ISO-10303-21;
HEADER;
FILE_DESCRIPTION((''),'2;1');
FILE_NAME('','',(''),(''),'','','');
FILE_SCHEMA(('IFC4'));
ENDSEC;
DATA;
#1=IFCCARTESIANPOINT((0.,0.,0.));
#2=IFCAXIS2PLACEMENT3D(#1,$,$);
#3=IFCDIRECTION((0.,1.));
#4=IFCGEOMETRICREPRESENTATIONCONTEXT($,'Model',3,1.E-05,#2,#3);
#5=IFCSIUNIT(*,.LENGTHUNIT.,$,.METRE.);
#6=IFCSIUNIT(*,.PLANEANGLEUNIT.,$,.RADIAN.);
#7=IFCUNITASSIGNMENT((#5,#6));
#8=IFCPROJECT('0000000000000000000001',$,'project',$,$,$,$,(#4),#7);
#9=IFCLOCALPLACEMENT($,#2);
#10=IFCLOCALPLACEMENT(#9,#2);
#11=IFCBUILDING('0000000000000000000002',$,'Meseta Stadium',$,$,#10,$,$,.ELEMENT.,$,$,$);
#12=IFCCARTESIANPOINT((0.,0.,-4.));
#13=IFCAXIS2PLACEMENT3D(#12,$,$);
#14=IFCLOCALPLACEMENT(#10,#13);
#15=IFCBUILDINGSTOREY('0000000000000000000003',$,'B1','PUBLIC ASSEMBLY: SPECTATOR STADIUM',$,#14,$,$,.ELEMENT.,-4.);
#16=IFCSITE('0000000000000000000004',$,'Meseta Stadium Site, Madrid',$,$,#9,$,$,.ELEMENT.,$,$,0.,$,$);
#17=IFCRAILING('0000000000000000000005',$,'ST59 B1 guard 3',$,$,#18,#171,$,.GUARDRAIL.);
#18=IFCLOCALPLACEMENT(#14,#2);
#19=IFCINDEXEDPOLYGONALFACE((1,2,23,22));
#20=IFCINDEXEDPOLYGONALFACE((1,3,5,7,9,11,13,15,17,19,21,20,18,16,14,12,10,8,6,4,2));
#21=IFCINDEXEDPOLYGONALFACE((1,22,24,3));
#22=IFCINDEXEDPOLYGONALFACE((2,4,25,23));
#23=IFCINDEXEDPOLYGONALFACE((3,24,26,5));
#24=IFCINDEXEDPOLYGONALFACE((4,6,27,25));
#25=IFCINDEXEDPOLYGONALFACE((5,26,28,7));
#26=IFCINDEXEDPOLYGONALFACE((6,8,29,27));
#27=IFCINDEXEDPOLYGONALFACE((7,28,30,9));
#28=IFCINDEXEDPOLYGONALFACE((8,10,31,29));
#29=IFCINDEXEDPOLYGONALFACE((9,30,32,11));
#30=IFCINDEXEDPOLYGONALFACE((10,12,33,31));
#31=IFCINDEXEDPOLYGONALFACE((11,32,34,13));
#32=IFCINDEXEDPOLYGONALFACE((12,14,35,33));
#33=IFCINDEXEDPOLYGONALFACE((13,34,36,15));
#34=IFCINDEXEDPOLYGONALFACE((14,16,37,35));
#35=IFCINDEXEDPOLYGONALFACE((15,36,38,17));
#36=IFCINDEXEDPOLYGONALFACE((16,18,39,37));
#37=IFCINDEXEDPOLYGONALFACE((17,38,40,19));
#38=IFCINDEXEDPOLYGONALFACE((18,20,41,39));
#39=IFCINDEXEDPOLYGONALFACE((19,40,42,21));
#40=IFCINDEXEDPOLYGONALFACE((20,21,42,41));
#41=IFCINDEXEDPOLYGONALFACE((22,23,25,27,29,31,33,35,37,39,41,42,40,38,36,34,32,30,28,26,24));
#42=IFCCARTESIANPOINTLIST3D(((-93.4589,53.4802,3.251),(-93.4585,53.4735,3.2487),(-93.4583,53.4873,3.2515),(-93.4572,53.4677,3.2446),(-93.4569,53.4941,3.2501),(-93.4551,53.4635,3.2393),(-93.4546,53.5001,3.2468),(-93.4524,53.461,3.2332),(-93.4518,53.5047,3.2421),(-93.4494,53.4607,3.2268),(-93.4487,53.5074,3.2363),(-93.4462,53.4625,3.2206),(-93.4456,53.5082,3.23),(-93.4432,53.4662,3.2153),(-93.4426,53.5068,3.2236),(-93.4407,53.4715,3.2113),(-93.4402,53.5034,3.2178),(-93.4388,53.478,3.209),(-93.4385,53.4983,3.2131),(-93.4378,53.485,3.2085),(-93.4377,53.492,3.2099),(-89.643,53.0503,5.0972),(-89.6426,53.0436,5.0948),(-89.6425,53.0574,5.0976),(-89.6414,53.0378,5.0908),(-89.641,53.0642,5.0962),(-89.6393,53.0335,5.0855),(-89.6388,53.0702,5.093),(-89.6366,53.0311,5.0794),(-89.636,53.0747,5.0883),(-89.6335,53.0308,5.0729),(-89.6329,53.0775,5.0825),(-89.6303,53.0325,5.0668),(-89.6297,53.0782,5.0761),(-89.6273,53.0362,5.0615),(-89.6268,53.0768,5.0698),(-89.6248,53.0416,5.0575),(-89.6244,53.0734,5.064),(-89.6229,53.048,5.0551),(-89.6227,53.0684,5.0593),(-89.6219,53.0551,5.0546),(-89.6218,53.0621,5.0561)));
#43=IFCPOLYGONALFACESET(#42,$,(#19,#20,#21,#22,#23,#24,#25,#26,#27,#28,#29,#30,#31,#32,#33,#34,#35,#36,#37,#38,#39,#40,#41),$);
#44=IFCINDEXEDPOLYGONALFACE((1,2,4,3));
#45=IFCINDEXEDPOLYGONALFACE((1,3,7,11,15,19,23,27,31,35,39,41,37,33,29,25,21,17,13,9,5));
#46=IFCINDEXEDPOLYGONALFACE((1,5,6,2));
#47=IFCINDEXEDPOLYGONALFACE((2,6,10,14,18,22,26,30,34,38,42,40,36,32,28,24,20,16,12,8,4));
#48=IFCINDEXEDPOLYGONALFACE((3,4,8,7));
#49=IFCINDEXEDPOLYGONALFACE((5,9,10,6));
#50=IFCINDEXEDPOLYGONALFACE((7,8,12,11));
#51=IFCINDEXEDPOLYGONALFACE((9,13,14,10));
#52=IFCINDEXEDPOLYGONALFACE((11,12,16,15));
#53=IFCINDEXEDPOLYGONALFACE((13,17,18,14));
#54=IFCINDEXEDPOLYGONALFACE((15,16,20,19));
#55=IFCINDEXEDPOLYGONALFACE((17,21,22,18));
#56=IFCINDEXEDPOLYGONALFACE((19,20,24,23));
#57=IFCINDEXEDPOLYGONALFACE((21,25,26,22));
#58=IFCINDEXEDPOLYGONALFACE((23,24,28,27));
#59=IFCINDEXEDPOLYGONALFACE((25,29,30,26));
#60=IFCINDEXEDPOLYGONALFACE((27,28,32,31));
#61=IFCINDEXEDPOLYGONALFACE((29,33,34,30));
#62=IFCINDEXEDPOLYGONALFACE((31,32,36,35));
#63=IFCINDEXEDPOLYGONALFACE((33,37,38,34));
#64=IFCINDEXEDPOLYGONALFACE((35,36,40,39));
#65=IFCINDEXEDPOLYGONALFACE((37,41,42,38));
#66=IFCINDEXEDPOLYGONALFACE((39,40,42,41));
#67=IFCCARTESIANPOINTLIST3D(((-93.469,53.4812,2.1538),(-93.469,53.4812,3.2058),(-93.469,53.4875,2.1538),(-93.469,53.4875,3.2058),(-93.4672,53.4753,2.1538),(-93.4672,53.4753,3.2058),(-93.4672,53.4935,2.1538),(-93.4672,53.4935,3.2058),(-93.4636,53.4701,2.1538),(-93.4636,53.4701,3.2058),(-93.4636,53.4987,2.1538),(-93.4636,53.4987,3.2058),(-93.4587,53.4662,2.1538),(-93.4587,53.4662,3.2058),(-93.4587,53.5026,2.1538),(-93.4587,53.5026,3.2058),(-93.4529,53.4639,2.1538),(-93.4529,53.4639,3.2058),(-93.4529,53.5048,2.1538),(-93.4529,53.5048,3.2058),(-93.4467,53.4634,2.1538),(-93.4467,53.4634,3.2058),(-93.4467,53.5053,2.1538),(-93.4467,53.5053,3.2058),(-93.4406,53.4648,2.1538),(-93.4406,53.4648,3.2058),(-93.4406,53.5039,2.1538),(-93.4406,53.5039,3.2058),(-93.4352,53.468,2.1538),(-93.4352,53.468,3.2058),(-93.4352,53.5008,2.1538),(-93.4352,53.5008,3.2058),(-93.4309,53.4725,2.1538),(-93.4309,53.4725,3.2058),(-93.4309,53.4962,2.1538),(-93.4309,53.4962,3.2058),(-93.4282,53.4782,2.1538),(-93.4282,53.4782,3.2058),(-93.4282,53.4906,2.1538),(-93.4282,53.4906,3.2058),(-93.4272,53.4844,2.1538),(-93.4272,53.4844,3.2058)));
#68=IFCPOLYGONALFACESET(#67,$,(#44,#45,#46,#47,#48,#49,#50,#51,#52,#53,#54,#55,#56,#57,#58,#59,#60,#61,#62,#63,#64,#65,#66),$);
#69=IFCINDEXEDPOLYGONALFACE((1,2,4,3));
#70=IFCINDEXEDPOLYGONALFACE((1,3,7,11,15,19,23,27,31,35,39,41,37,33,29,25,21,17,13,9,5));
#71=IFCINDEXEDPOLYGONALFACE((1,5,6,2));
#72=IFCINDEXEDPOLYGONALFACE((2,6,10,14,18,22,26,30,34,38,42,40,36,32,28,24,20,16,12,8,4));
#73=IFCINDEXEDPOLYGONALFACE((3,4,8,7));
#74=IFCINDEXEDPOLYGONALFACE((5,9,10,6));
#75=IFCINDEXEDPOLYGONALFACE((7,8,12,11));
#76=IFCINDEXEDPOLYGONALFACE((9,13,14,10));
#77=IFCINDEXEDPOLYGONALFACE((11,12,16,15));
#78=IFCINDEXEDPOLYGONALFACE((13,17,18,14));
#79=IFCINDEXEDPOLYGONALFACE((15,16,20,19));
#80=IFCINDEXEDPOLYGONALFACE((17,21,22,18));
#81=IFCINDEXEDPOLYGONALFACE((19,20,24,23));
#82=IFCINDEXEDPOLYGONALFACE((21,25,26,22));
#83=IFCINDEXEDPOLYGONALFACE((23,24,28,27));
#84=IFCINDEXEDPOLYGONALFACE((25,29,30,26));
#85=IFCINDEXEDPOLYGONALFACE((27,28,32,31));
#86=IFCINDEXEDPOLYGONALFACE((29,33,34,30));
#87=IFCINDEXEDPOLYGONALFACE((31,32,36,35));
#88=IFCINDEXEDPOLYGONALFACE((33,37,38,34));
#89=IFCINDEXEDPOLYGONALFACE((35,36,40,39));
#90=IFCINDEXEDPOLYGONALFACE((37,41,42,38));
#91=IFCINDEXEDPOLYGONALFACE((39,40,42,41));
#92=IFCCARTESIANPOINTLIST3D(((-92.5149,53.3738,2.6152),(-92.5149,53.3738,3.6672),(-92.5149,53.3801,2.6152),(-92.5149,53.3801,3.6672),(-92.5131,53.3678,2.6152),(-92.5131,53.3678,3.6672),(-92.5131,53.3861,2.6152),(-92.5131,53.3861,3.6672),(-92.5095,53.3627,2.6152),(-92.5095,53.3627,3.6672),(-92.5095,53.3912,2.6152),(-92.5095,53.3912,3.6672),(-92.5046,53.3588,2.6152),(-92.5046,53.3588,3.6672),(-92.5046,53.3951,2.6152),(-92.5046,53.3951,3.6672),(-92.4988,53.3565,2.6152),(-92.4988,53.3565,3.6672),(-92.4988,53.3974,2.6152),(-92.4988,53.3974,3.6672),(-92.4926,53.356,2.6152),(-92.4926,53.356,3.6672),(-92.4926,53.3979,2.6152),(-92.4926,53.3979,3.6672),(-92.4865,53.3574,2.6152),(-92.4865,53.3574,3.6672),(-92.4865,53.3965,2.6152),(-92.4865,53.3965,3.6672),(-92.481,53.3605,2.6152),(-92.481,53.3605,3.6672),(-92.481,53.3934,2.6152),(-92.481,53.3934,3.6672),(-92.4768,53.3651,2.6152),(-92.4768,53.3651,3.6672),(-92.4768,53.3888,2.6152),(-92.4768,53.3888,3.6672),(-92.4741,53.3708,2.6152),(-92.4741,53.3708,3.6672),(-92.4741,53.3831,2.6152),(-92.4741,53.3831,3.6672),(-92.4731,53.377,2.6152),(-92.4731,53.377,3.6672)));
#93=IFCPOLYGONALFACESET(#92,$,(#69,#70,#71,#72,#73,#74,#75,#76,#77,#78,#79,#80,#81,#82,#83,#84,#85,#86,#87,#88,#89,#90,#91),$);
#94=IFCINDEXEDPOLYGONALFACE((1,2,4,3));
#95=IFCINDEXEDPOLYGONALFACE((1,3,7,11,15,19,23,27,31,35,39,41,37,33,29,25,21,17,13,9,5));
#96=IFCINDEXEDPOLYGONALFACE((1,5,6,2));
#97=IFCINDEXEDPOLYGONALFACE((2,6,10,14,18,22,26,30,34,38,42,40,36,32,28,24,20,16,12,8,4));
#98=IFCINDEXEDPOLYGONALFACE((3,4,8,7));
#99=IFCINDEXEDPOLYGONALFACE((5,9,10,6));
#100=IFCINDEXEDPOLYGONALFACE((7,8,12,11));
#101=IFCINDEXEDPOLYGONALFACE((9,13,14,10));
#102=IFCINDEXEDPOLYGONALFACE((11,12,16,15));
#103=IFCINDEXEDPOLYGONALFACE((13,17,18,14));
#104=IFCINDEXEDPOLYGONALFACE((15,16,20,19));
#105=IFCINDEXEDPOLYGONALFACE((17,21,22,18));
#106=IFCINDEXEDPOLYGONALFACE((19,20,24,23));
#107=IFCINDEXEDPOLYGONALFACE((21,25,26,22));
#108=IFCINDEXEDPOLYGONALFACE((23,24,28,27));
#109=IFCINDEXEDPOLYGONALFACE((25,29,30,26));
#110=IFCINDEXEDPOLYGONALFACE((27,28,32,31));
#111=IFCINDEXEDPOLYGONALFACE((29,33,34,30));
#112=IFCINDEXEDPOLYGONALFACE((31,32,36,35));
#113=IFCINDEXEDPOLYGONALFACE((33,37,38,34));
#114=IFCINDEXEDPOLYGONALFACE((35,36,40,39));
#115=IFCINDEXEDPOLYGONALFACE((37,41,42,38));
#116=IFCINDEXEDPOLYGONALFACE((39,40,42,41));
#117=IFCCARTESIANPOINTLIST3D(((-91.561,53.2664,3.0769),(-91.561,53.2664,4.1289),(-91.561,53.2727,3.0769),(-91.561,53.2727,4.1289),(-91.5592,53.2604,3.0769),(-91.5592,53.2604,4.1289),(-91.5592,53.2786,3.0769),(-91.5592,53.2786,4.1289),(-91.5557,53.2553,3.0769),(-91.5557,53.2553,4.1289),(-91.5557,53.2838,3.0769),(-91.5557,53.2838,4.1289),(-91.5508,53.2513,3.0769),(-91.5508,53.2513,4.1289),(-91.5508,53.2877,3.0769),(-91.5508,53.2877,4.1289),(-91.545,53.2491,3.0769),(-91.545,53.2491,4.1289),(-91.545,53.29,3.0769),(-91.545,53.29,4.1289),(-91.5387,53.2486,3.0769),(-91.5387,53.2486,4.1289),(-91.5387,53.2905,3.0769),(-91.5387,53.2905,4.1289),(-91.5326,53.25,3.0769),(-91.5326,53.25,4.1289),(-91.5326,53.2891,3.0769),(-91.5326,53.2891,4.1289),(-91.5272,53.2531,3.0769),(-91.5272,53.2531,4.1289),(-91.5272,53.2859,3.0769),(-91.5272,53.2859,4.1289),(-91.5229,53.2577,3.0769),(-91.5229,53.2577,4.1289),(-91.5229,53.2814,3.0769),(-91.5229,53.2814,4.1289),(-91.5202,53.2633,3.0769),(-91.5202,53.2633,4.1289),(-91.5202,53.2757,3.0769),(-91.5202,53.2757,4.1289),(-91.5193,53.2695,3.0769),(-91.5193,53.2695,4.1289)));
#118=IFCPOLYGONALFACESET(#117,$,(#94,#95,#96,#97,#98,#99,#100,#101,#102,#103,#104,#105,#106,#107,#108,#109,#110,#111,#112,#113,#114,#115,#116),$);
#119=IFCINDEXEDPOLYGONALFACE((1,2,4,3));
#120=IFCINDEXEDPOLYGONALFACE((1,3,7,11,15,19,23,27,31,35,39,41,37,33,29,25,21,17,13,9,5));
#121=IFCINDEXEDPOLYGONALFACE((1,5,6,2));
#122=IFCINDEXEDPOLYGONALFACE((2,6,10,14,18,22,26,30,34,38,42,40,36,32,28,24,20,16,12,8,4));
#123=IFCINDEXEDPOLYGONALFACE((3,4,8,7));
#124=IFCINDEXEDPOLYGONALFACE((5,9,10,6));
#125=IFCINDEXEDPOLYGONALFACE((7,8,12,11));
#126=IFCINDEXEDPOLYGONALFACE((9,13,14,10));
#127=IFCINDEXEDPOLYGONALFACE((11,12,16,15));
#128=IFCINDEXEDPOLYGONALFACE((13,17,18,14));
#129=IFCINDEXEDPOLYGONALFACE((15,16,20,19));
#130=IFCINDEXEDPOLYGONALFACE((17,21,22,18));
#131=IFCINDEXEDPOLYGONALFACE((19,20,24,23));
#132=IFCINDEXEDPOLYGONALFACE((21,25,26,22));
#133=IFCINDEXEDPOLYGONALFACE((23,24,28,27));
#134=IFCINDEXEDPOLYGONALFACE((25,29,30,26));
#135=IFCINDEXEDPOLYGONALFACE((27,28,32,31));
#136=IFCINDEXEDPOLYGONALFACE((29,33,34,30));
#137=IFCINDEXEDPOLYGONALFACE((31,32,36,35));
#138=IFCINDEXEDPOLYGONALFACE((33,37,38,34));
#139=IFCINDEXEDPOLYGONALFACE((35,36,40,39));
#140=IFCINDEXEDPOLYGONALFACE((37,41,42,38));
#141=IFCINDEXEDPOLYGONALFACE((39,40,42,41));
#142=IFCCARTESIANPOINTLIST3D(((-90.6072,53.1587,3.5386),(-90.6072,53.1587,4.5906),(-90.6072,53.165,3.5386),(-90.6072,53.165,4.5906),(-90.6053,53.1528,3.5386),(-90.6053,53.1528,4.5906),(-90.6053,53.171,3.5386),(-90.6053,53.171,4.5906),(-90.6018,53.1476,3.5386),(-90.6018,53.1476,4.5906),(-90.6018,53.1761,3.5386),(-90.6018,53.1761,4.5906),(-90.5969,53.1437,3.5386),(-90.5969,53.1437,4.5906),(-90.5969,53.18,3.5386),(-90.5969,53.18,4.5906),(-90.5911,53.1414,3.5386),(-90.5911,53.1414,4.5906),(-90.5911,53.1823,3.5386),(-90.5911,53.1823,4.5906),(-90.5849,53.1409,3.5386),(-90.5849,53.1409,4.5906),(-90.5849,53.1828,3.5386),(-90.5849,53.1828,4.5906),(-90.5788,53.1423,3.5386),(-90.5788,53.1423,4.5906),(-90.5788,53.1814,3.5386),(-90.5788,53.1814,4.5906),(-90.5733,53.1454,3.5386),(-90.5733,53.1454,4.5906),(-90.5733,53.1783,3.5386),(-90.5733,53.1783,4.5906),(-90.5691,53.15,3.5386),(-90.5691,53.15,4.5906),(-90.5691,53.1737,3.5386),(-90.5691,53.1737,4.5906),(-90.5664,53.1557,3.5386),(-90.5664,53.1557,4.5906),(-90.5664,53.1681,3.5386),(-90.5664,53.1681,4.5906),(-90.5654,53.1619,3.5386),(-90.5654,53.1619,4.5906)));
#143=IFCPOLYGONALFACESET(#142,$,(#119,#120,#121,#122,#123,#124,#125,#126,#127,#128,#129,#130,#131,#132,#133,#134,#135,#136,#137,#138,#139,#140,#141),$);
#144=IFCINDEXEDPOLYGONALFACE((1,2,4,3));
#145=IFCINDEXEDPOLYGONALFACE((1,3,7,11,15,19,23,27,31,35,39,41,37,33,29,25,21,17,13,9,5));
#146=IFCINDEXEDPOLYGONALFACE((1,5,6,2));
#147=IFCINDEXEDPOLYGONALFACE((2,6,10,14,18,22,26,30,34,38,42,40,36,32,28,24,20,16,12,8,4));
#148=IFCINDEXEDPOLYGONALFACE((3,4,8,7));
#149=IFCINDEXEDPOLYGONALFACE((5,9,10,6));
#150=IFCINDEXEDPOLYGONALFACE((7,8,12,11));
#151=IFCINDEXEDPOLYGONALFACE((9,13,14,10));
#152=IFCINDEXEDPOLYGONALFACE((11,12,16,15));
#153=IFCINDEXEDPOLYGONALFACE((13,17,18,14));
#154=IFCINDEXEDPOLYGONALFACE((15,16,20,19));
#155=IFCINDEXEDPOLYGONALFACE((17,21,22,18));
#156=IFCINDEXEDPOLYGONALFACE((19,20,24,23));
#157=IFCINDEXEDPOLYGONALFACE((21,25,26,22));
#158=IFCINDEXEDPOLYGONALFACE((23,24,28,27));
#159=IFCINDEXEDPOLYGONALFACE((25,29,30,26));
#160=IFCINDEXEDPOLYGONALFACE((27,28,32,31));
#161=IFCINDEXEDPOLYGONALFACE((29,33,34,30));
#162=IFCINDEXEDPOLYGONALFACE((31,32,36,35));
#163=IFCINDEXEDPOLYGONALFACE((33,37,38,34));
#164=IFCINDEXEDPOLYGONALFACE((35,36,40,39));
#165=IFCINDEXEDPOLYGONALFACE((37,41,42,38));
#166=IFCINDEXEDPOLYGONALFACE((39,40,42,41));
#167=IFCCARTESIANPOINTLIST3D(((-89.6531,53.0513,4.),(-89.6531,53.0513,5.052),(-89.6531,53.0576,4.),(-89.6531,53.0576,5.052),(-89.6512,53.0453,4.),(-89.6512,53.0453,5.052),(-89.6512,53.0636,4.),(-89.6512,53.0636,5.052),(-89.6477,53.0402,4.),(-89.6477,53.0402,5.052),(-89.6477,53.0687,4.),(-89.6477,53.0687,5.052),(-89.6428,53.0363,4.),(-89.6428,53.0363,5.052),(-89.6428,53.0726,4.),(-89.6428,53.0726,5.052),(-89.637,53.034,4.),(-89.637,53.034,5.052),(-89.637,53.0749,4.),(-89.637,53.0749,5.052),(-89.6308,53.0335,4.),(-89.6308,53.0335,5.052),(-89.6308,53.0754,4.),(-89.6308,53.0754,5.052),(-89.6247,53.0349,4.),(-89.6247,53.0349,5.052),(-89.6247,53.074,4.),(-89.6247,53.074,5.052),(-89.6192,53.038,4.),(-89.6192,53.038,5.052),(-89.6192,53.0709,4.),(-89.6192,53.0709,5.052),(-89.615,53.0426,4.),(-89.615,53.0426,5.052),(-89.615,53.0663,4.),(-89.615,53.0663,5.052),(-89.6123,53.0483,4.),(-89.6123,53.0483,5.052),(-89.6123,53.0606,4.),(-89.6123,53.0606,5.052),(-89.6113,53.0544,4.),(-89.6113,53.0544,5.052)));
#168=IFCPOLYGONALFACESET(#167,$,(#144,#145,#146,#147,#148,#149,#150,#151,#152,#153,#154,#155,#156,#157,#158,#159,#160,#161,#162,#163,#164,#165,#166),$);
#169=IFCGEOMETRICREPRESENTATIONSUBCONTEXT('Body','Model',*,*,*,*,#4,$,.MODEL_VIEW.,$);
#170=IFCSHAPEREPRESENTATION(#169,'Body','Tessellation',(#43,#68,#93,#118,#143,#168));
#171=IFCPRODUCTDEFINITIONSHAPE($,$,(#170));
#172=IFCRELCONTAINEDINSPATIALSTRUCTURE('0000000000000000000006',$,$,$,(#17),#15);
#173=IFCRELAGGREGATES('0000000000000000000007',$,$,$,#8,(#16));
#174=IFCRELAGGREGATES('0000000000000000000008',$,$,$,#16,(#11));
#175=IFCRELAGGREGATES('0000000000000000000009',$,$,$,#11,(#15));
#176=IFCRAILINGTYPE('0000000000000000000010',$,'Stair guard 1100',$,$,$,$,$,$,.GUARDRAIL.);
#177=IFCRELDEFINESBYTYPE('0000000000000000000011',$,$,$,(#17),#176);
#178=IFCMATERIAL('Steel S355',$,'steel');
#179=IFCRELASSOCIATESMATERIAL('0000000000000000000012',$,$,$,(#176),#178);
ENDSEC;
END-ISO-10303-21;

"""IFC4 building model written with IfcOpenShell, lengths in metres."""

from ifc_helpers import new_model, si_unit, direction, frame, origin, origin_2d, place, context, subcontext, project, spatial, circle, extrude, material, type_object, element, save


model = new_model("IFC4")

# Units and contexts
model_context = context("Model", 3, precision=1e-05, world=origin(), true_north=direction((0.0, 1.0)))
body_context = subcontext(model_context, "Body", "Model", "MODEL_VIEW")
ifc_project = project(units=[si_unit("LENGTHUNIT", "METRE"), si_unit("PLANEANGLEUNIT", "RADIAN")], contexts=[model_context])

# Site, building, storey
site_placement = place(None, origin())
site = spatial("IfcSite", under=ifc_project, at=site_placement, Name="Meseta Stadium Site, Madrid", CompositionType="ELEMENT", RefElevation=0.0)
building_placement = place(site_placement, origin())
building = spatial("IfcBuilding", under=site, at=building_placement, Name="Meseta Stadium", CompositionType="ELEMENT")
storey_placement = place(building_placement, frame((0.0, 0.0, -4.0)))
storey = spatial("IfcBuildingStorey", under=building, at=storey_placement, Name="B1", Description="PUBLIC ASSEMBLY: SPECTATOR STADIUM", CompositionType="ELEMENT", Elevation=-4.0)

# Railing
ifc_material_1 = material(Name="Steel S355", Category="steel")
railing_type_1 = type_object("IfcRailingType", Name="Stair guard 1100", PredefinedType="GUARDRAIL", material=ifc_material_1)
railing_1_placement = place(storey_placement, frame((-93.4482, 53.4844, 2.1538)))
element("IfcRailing", 1, at=railing_1_placement, inside=storey, type_object=railing_type_1, Name="ST59 B1 guard 3", PredefinedType="GUARDRAIL", context=body_context, shape_type="SweptSolid", body=[
    extrude(circle(Radius=0.0239, at=origin_2d()), frame((0.0, 0.0, 1.0762), z_axis=(0.895585, -0.100904, 0.433296), x_axis=(0.11196, 0.993713, 0.0)), (0.0, 0.0, 1.0), 4.2607),
    extrude(circle(Radius=0.021, at=origin_2d()), origin(), (0.0, 0.0, 1.0), 1.052),
    extrude(circle(Radius=0.021, at=origin_2d()), frame((0.9541, -0.1074, 0.4614)), (0.0, 0.0, 1.0), 1.052),
    extrude(circle(Radius=0.021, at=origin_2d()), frame((1.908, -0.2148, 0.9231)), (0.0, 0.0, 1.0), 1.052),
    extrude(circle(Radius=0.021, at=origin_2d()), frame((2.8618, -0.3225, 1.3848)), (0.0, 0.0, 1.0), 1.052),
    extrude(circle(Radius=0.021, at=origin_2d()), frame((3.8159, -0.4299, 1.8462)), (0.0, 0.0, 1.0), 1.052),
])

save(model, "model.ifc")
